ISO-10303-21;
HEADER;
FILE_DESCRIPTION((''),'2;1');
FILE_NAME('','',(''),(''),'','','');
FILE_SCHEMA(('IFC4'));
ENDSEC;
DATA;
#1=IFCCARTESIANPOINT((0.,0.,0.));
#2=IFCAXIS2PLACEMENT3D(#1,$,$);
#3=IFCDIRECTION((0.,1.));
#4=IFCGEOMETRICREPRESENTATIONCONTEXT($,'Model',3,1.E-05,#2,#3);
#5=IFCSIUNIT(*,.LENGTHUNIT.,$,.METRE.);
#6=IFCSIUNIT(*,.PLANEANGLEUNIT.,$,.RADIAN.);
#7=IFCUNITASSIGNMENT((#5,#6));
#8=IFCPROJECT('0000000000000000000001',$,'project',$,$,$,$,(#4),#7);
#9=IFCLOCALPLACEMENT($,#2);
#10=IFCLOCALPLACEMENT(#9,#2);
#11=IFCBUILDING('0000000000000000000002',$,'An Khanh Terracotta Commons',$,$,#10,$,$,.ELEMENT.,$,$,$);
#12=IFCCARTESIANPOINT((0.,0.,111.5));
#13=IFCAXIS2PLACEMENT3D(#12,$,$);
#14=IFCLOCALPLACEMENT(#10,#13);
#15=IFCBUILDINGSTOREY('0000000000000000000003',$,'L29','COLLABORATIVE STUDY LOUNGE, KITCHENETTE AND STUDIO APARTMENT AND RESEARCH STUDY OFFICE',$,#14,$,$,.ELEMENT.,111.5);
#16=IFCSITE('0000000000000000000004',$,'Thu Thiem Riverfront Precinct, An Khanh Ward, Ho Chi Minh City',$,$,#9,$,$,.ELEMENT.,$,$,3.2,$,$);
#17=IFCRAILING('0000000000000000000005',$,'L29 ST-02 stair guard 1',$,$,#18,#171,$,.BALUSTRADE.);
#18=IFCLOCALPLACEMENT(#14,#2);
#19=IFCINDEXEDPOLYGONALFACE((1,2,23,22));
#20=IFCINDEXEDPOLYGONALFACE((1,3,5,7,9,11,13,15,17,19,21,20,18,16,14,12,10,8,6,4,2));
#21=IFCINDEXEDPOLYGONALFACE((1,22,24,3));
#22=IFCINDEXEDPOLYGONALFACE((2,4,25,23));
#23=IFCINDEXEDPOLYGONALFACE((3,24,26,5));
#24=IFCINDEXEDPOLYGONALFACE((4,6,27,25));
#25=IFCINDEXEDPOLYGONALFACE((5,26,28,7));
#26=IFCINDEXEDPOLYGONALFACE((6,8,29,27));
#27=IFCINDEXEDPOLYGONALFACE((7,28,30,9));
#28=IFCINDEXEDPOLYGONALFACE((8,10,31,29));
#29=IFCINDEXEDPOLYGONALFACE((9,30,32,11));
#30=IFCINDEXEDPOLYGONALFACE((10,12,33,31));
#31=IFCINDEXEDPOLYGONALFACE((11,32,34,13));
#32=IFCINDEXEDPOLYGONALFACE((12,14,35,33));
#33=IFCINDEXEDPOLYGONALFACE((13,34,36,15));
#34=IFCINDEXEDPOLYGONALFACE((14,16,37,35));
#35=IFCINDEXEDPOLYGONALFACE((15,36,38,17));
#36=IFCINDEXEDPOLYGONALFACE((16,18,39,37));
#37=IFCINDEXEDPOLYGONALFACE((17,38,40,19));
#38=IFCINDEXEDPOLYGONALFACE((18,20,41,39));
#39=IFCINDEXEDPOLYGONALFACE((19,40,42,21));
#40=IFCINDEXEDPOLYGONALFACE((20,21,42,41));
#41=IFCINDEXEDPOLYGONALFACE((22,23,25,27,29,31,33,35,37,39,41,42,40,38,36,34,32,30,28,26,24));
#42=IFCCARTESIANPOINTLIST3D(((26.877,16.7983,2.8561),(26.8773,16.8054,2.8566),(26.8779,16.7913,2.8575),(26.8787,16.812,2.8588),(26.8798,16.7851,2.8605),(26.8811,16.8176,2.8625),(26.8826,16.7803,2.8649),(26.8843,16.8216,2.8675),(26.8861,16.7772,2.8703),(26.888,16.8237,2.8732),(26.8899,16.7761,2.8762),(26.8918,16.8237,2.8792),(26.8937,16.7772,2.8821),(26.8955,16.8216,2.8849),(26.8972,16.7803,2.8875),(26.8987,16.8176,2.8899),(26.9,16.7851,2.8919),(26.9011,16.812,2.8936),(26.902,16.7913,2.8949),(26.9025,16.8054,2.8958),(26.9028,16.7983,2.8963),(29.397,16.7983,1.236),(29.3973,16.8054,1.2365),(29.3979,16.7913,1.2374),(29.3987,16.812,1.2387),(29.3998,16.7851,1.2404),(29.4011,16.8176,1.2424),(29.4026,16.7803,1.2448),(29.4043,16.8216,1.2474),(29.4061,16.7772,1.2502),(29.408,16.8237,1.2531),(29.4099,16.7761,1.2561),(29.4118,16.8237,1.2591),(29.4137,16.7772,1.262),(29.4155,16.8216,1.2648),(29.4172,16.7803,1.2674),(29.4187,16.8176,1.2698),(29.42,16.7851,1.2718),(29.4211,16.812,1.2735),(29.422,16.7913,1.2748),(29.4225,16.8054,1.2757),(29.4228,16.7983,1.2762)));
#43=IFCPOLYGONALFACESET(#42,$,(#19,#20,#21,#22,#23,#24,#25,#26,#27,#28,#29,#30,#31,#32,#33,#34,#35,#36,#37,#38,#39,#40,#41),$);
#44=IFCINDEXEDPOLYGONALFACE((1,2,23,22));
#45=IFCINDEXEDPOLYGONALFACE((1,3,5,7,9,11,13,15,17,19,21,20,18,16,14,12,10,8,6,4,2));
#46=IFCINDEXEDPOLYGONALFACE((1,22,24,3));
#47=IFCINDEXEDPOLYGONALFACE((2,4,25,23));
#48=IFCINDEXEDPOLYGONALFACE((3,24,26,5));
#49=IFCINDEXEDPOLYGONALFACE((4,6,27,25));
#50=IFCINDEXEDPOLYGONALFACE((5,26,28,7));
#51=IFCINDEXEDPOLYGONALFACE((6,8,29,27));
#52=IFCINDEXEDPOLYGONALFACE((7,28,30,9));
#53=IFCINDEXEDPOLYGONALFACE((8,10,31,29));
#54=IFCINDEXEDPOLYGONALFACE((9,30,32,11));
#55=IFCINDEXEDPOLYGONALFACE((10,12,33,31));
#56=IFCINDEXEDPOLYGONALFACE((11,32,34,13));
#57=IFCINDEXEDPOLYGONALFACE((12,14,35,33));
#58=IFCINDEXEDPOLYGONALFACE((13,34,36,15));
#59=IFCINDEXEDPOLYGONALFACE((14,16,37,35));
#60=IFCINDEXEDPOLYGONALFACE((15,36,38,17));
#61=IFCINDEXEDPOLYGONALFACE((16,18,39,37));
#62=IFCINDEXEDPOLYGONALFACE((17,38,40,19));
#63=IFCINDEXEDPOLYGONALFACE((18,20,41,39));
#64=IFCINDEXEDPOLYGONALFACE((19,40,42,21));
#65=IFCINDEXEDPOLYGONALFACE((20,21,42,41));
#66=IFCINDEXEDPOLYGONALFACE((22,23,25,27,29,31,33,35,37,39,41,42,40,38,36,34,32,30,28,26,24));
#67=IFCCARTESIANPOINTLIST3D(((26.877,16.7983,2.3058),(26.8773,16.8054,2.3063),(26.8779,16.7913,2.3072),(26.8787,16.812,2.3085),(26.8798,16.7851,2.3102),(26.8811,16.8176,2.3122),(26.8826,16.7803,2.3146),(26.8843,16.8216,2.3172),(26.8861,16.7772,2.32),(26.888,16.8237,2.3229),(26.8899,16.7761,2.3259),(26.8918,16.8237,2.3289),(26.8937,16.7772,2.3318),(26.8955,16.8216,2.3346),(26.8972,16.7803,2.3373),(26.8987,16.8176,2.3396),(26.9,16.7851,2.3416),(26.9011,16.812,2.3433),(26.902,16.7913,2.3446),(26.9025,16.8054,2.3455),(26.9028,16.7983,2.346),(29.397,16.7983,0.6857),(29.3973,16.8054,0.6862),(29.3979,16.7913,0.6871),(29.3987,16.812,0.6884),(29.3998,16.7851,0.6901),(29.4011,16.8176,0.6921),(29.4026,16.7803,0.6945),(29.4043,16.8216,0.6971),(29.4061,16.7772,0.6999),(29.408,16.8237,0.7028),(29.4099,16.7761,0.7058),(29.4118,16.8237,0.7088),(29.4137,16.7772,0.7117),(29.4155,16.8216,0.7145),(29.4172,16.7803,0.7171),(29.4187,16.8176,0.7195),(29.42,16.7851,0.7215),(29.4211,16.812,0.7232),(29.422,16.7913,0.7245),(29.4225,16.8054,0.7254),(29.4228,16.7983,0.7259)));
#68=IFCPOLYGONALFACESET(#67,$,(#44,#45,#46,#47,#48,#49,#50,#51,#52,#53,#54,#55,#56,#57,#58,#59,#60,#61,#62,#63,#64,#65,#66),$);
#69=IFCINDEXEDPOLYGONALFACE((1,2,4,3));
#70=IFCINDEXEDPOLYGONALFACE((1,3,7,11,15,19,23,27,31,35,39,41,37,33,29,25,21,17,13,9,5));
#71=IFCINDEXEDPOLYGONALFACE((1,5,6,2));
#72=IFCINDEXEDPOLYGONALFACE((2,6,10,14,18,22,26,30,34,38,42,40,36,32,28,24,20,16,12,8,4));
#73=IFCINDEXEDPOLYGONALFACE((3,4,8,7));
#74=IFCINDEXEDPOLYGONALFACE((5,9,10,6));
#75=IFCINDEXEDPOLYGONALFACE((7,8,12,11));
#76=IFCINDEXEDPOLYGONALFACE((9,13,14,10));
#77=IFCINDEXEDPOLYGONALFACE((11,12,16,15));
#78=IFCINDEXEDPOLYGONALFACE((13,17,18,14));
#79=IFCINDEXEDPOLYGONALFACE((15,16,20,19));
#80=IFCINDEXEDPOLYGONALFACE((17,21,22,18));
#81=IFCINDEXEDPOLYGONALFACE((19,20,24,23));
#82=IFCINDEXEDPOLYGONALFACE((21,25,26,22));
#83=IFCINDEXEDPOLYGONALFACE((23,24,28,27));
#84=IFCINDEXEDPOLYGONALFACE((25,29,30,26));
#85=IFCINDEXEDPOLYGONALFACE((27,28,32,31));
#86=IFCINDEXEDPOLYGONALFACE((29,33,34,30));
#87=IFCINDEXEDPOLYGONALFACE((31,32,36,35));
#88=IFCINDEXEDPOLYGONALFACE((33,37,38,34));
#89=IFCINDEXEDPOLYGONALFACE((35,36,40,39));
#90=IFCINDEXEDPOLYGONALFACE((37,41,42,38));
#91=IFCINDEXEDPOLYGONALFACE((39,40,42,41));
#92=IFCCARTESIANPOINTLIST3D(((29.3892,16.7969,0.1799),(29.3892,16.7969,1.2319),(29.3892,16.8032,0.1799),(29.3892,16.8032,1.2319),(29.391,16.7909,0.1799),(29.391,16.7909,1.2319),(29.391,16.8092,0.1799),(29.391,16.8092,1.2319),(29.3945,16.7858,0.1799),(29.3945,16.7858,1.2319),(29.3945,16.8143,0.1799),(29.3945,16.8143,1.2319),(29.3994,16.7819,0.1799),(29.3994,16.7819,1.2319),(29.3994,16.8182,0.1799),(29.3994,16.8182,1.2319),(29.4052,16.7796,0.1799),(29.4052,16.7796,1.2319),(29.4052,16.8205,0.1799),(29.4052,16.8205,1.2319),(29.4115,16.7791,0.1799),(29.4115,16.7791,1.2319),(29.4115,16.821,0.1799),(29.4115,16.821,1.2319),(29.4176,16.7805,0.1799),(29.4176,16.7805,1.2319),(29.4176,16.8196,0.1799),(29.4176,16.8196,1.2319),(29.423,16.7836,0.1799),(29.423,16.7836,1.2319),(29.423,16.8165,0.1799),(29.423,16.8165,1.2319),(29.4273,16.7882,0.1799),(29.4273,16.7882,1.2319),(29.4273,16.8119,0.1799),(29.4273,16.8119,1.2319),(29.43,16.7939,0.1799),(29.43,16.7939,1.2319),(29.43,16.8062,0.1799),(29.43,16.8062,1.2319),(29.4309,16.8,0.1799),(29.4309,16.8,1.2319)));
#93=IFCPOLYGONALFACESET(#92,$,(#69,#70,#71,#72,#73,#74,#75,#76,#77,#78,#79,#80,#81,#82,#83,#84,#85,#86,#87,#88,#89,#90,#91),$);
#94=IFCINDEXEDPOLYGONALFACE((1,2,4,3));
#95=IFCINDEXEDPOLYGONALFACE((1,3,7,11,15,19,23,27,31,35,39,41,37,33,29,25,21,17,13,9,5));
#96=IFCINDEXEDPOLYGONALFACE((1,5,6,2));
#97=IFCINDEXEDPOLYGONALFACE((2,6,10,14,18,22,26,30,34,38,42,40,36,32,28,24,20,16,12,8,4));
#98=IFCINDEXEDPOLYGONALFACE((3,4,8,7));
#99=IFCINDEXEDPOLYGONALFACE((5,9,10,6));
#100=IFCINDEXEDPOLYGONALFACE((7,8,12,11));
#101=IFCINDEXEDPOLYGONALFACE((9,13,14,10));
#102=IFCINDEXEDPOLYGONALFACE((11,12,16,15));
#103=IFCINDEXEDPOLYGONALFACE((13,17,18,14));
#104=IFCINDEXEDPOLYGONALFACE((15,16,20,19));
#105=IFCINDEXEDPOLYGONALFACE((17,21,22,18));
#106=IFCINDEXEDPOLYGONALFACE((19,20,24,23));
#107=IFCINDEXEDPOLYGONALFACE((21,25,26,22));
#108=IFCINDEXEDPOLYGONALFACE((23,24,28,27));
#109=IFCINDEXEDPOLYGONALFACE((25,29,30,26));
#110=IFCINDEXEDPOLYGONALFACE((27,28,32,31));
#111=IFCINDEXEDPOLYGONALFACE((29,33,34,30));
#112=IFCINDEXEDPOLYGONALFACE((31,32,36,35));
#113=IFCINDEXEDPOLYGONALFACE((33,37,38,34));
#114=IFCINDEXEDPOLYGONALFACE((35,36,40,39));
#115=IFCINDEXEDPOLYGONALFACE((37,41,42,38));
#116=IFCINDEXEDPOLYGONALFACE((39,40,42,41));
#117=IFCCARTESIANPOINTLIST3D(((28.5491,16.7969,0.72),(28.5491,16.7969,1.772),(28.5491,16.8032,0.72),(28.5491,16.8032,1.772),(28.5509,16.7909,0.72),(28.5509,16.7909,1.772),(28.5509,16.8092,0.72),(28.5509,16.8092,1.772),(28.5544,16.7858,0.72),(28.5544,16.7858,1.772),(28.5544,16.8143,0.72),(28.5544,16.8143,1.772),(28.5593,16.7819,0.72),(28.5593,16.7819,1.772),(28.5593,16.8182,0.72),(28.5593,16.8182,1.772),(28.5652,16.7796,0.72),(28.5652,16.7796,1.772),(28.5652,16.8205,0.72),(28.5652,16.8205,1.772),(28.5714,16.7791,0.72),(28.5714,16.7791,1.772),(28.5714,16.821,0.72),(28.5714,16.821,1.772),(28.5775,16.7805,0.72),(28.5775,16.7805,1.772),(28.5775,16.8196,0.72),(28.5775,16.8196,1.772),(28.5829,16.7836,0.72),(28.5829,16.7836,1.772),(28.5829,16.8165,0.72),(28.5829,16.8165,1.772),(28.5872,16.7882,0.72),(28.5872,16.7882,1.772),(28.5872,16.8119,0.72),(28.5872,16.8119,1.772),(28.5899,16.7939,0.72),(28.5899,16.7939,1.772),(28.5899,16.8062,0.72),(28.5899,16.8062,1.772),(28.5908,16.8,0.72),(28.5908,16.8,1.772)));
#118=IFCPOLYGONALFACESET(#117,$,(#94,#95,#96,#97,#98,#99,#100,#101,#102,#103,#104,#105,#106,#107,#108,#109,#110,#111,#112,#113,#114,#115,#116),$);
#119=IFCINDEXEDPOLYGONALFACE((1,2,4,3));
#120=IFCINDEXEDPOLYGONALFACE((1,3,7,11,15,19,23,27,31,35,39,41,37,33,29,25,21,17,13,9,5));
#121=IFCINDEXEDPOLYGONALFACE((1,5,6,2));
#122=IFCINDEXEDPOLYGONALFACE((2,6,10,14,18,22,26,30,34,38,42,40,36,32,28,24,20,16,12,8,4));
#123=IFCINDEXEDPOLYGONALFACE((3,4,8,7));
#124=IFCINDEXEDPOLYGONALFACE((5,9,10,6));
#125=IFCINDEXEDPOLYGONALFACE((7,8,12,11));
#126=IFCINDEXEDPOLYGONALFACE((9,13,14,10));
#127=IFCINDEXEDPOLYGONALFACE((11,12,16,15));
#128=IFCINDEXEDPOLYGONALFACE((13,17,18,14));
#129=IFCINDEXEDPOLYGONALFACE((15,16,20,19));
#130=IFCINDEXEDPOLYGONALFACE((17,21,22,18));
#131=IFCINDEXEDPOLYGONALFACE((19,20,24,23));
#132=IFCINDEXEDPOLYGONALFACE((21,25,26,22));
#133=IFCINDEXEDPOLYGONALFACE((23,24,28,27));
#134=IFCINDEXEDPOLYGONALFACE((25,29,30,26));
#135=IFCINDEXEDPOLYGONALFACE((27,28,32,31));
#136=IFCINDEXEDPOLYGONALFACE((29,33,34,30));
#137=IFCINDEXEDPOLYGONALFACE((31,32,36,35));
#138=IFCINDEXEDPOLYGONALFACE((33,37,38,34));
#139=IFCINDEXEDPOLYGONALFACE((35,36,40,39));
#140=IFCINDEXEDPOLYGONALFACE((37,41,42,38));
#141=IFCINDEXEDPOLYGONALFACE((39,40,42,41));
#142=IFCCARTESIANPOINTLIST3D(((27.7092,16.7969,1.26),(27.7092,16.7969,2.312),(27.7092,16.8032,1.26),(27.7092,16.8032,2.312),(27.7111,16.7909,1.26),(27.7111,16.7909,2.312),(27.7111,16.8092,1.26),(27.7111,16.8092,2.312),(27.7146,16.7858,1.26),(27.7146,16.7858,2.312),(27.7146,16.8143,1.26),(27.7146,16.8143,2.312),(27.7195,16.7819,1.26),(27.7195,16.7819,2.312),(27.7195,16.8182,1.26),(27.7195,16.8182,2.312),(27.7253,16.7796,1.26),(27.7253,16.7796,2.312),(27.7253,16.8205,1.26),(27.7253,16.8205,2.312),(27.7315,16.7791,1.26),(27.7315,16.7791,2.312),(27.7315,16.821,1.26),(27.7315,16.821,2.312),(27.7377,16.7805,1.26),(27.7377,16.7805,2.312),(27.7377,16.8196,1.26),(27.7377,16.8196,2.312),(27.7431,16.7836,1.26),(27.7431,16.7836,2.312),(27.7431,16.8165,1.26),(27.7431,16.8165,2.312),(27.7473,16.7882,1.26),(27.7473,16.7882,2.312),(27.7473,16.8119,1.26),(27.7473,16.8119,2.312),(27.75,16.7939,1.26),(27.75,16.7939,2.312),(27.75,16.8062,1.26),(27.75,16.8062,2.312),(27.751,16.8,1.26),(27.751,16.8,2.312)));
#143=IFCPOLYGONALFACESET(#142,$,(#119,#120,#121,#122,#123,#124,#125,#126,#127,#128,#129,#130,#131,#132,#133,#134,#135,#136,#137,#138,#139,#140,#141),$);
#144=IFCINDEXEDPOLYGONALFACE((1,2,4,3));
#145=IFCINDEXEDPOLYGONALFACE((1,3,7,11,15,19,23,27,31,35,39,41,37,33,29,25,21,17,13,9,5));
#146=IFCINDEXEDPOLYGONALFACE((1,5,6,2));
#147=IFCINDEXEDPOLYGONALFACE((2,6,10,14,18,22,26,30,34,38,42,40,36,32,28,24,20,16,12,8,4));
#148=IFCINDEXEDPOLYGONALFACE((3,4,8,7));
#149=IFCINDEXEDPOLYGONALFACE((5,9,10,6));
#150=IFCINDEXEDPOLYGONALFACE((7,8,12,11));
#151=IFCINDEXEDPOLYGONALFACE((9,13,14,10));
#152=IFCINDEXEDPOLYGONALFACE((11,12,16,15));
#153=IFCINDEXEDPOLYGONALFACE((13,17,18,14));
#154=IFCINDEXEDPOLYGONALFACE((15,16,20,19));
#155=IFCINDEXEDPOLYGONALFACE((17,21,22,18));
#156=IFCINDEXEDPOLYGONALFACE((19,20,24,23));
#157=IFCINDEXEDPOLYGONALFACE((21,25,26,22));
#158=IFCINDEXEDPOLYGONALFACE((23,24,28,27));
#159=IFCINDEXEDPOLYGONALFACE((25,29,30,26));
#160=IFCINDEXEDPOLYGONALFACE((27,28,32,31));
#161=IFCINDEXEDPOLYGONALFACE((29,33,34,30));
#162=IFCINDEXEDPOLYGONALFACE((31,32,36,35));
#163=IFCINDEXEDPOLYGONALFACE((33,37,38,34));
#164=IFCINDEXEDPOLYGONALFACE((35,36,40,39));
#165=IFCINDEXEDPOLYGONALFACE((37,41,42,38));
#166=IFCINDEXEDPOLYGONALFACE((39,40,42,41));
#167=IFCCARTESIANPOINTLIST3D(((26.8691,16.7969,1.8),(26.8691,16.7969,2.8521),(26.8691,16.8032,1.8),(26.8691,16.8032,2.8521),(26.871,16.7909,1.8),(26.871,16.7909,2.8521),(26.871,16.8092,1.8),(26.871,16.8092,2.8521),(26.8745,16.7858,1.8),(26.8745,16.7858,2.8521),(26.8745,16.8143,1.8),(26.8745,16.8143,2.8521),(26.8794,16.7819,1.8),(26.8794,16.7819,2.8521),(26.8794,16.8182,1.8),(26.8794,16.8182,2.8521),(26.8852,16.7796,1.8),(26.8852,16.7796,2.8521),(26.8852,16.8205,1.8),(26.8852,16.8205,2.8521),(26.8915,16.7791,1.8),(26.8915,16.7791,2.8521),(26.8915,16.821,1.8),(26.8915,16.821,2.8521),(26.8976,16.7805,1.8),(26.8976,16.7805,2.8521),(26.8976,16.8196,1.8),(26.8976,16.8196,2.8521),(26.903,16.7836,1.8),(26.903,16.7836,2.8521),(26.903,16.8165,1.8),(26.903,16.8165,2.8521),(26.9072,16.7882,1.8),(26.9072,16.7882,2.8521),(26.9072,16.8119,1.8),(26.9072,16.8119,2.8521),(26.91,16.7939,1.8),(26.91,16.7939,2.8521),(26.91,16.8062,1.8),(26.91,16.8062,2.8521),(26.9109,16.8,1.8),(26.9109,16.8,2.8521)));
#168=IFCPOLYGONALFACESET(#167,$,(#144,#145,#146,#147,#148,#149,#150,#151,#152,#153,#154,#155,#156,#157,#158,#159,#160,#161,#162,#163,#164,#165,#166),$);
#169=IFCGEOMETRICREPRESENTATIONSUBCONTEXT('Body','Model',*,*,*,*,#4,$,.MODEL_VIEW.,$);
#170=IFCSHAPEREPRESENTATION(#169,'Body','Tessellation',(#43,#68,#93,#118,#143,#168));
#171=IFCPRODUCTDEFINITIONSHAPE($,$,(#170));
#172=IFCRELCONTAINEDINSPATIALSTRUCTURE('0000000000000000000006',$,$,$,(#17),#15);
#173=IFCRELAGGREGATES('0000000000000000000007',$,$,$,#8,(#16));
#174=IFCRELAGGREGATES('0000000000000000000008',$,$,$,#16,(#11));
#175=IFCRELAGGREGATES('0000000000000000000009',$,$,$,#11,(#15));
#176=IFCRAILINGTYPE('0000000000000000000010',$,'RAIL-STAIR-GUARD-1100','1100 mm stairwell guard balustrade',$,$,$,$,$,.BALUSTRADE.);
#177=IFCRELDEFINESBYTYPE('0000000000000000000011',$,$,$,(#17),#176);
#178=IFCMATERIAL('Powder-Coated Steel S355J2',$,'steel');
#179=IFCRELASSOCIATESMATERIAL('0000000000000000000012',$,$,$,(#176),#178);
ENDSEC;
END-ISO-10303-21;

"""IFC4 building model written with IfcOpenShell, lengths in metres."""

from ifc_helpers import new_model, si_unit, direction, frame, origin, origin_2d, place, context, subcontext, project, spatial, circle, extrude, material, type_object, element, save


model = new_model("IFC4")

# Units and contexts
model_context = context("Model", 3, precision=1e-05, world=origin(), true_north=direction((0.0, 1.0)))
body_context = subcontext(model_context, "Body", "Model", "MODEL_VIEW")
ifc_project = project(units=[si_unit("LENGTHUNIT", "METRE"), si_unit("PLANEANGLEUNIT", "RADIAN")], contexts=[model_context])

# Site, building, storey
site_placement = place(None, origin())
site = spatial("IfcSite", under=ifc_project, at=site_placement, Name="Thu Thiem Riverfront Precinct, An Khanh Ward, Ho Chi Minh City", CompositionType="ELEMENT", RefElevation=3.2)
building_placement = place(site_placement, origin())
building = spatial("IfcBuilding", under=site, at=building_placement, Name="An Khanh Terracotta Commons", CompositionType="ELEMENT")
storey_placement = place(building_placement, frame((0.0, 0.0, 111.5)))
storey = spatial("IfcBuildingStorey", under=building, at=storey_placement, Name="L29", Description="COLLABORATIVE STUDY LOUNGE, KITCHENETTE AND STUDIO APARTMENT AND RESEARCH STUDY OFFICE", CompositionType="ELEMENT", Elevation=111.5)

# Railing
ifc_material_1 = material(Name="Powder-Coated Steel S355J2", Category="steel")
railing_type_1 = type_object("IfcRailingType", Name="RAIL-STAIR-GUARD-1100", Description="1100 mm stairwell guard balustrade", PredefinedType="BALUSTRADE", material=ifc_material_1)
railing_1_placement = place(storey_placement, frame((29.4099, 16.8, 0.1799)))
element("IfcRailing", 1, at=railing_1_placement, inside=storey, type_object=railing_type_1, Name="L29 ST-02 stair guard 1", PredefinedType="BALUSTRADE", context=body_context, shape_type="SweptSolid", body=[
    extrude(circle(Radius=0.0239, at=origin_2d()), frame((0.0, 0.0, 1.0762), z_axis=(-0.841163, 0.0, 0.540782), x_axis=(0.0, -1.0, 0.0)), (0.0, 0.0, 1.0), 2.9958),
    extrude(circle(Radius=0.0239, at=origin_2d()), frame((0.0, 0.0, 0.5259), z_axis=(-0.841163, 0.0, 0.540782), x_axis=(0.0, -1.0, 0.0)), (0.0, 0.0, 1.0), 2.9958),
    extrude(circle(Radius=0.021, at=origin_2d()), origin(), (0.0, 0.0, 1.0), 1.052),
    extrude(circle(Radius=0.021, at=origin_2d()), frame((-0.8401, 0.0, 0.54)), (0.0, 0.0, 1.0), 1.052),
    extrude(circle(Radius=0.021, at=origin_2d()), frame((-1.6799, 0.0, 1.0801)), (0.0, 0.0, 1.0), 1.052),
    extrude(circle(Radius=0.021, at=origin_2d()), frame((-2.52, 0.0, 1.6201)), (0.0, 0.0, 1.0), 1.052),
])

save(model, "model.ifc")
